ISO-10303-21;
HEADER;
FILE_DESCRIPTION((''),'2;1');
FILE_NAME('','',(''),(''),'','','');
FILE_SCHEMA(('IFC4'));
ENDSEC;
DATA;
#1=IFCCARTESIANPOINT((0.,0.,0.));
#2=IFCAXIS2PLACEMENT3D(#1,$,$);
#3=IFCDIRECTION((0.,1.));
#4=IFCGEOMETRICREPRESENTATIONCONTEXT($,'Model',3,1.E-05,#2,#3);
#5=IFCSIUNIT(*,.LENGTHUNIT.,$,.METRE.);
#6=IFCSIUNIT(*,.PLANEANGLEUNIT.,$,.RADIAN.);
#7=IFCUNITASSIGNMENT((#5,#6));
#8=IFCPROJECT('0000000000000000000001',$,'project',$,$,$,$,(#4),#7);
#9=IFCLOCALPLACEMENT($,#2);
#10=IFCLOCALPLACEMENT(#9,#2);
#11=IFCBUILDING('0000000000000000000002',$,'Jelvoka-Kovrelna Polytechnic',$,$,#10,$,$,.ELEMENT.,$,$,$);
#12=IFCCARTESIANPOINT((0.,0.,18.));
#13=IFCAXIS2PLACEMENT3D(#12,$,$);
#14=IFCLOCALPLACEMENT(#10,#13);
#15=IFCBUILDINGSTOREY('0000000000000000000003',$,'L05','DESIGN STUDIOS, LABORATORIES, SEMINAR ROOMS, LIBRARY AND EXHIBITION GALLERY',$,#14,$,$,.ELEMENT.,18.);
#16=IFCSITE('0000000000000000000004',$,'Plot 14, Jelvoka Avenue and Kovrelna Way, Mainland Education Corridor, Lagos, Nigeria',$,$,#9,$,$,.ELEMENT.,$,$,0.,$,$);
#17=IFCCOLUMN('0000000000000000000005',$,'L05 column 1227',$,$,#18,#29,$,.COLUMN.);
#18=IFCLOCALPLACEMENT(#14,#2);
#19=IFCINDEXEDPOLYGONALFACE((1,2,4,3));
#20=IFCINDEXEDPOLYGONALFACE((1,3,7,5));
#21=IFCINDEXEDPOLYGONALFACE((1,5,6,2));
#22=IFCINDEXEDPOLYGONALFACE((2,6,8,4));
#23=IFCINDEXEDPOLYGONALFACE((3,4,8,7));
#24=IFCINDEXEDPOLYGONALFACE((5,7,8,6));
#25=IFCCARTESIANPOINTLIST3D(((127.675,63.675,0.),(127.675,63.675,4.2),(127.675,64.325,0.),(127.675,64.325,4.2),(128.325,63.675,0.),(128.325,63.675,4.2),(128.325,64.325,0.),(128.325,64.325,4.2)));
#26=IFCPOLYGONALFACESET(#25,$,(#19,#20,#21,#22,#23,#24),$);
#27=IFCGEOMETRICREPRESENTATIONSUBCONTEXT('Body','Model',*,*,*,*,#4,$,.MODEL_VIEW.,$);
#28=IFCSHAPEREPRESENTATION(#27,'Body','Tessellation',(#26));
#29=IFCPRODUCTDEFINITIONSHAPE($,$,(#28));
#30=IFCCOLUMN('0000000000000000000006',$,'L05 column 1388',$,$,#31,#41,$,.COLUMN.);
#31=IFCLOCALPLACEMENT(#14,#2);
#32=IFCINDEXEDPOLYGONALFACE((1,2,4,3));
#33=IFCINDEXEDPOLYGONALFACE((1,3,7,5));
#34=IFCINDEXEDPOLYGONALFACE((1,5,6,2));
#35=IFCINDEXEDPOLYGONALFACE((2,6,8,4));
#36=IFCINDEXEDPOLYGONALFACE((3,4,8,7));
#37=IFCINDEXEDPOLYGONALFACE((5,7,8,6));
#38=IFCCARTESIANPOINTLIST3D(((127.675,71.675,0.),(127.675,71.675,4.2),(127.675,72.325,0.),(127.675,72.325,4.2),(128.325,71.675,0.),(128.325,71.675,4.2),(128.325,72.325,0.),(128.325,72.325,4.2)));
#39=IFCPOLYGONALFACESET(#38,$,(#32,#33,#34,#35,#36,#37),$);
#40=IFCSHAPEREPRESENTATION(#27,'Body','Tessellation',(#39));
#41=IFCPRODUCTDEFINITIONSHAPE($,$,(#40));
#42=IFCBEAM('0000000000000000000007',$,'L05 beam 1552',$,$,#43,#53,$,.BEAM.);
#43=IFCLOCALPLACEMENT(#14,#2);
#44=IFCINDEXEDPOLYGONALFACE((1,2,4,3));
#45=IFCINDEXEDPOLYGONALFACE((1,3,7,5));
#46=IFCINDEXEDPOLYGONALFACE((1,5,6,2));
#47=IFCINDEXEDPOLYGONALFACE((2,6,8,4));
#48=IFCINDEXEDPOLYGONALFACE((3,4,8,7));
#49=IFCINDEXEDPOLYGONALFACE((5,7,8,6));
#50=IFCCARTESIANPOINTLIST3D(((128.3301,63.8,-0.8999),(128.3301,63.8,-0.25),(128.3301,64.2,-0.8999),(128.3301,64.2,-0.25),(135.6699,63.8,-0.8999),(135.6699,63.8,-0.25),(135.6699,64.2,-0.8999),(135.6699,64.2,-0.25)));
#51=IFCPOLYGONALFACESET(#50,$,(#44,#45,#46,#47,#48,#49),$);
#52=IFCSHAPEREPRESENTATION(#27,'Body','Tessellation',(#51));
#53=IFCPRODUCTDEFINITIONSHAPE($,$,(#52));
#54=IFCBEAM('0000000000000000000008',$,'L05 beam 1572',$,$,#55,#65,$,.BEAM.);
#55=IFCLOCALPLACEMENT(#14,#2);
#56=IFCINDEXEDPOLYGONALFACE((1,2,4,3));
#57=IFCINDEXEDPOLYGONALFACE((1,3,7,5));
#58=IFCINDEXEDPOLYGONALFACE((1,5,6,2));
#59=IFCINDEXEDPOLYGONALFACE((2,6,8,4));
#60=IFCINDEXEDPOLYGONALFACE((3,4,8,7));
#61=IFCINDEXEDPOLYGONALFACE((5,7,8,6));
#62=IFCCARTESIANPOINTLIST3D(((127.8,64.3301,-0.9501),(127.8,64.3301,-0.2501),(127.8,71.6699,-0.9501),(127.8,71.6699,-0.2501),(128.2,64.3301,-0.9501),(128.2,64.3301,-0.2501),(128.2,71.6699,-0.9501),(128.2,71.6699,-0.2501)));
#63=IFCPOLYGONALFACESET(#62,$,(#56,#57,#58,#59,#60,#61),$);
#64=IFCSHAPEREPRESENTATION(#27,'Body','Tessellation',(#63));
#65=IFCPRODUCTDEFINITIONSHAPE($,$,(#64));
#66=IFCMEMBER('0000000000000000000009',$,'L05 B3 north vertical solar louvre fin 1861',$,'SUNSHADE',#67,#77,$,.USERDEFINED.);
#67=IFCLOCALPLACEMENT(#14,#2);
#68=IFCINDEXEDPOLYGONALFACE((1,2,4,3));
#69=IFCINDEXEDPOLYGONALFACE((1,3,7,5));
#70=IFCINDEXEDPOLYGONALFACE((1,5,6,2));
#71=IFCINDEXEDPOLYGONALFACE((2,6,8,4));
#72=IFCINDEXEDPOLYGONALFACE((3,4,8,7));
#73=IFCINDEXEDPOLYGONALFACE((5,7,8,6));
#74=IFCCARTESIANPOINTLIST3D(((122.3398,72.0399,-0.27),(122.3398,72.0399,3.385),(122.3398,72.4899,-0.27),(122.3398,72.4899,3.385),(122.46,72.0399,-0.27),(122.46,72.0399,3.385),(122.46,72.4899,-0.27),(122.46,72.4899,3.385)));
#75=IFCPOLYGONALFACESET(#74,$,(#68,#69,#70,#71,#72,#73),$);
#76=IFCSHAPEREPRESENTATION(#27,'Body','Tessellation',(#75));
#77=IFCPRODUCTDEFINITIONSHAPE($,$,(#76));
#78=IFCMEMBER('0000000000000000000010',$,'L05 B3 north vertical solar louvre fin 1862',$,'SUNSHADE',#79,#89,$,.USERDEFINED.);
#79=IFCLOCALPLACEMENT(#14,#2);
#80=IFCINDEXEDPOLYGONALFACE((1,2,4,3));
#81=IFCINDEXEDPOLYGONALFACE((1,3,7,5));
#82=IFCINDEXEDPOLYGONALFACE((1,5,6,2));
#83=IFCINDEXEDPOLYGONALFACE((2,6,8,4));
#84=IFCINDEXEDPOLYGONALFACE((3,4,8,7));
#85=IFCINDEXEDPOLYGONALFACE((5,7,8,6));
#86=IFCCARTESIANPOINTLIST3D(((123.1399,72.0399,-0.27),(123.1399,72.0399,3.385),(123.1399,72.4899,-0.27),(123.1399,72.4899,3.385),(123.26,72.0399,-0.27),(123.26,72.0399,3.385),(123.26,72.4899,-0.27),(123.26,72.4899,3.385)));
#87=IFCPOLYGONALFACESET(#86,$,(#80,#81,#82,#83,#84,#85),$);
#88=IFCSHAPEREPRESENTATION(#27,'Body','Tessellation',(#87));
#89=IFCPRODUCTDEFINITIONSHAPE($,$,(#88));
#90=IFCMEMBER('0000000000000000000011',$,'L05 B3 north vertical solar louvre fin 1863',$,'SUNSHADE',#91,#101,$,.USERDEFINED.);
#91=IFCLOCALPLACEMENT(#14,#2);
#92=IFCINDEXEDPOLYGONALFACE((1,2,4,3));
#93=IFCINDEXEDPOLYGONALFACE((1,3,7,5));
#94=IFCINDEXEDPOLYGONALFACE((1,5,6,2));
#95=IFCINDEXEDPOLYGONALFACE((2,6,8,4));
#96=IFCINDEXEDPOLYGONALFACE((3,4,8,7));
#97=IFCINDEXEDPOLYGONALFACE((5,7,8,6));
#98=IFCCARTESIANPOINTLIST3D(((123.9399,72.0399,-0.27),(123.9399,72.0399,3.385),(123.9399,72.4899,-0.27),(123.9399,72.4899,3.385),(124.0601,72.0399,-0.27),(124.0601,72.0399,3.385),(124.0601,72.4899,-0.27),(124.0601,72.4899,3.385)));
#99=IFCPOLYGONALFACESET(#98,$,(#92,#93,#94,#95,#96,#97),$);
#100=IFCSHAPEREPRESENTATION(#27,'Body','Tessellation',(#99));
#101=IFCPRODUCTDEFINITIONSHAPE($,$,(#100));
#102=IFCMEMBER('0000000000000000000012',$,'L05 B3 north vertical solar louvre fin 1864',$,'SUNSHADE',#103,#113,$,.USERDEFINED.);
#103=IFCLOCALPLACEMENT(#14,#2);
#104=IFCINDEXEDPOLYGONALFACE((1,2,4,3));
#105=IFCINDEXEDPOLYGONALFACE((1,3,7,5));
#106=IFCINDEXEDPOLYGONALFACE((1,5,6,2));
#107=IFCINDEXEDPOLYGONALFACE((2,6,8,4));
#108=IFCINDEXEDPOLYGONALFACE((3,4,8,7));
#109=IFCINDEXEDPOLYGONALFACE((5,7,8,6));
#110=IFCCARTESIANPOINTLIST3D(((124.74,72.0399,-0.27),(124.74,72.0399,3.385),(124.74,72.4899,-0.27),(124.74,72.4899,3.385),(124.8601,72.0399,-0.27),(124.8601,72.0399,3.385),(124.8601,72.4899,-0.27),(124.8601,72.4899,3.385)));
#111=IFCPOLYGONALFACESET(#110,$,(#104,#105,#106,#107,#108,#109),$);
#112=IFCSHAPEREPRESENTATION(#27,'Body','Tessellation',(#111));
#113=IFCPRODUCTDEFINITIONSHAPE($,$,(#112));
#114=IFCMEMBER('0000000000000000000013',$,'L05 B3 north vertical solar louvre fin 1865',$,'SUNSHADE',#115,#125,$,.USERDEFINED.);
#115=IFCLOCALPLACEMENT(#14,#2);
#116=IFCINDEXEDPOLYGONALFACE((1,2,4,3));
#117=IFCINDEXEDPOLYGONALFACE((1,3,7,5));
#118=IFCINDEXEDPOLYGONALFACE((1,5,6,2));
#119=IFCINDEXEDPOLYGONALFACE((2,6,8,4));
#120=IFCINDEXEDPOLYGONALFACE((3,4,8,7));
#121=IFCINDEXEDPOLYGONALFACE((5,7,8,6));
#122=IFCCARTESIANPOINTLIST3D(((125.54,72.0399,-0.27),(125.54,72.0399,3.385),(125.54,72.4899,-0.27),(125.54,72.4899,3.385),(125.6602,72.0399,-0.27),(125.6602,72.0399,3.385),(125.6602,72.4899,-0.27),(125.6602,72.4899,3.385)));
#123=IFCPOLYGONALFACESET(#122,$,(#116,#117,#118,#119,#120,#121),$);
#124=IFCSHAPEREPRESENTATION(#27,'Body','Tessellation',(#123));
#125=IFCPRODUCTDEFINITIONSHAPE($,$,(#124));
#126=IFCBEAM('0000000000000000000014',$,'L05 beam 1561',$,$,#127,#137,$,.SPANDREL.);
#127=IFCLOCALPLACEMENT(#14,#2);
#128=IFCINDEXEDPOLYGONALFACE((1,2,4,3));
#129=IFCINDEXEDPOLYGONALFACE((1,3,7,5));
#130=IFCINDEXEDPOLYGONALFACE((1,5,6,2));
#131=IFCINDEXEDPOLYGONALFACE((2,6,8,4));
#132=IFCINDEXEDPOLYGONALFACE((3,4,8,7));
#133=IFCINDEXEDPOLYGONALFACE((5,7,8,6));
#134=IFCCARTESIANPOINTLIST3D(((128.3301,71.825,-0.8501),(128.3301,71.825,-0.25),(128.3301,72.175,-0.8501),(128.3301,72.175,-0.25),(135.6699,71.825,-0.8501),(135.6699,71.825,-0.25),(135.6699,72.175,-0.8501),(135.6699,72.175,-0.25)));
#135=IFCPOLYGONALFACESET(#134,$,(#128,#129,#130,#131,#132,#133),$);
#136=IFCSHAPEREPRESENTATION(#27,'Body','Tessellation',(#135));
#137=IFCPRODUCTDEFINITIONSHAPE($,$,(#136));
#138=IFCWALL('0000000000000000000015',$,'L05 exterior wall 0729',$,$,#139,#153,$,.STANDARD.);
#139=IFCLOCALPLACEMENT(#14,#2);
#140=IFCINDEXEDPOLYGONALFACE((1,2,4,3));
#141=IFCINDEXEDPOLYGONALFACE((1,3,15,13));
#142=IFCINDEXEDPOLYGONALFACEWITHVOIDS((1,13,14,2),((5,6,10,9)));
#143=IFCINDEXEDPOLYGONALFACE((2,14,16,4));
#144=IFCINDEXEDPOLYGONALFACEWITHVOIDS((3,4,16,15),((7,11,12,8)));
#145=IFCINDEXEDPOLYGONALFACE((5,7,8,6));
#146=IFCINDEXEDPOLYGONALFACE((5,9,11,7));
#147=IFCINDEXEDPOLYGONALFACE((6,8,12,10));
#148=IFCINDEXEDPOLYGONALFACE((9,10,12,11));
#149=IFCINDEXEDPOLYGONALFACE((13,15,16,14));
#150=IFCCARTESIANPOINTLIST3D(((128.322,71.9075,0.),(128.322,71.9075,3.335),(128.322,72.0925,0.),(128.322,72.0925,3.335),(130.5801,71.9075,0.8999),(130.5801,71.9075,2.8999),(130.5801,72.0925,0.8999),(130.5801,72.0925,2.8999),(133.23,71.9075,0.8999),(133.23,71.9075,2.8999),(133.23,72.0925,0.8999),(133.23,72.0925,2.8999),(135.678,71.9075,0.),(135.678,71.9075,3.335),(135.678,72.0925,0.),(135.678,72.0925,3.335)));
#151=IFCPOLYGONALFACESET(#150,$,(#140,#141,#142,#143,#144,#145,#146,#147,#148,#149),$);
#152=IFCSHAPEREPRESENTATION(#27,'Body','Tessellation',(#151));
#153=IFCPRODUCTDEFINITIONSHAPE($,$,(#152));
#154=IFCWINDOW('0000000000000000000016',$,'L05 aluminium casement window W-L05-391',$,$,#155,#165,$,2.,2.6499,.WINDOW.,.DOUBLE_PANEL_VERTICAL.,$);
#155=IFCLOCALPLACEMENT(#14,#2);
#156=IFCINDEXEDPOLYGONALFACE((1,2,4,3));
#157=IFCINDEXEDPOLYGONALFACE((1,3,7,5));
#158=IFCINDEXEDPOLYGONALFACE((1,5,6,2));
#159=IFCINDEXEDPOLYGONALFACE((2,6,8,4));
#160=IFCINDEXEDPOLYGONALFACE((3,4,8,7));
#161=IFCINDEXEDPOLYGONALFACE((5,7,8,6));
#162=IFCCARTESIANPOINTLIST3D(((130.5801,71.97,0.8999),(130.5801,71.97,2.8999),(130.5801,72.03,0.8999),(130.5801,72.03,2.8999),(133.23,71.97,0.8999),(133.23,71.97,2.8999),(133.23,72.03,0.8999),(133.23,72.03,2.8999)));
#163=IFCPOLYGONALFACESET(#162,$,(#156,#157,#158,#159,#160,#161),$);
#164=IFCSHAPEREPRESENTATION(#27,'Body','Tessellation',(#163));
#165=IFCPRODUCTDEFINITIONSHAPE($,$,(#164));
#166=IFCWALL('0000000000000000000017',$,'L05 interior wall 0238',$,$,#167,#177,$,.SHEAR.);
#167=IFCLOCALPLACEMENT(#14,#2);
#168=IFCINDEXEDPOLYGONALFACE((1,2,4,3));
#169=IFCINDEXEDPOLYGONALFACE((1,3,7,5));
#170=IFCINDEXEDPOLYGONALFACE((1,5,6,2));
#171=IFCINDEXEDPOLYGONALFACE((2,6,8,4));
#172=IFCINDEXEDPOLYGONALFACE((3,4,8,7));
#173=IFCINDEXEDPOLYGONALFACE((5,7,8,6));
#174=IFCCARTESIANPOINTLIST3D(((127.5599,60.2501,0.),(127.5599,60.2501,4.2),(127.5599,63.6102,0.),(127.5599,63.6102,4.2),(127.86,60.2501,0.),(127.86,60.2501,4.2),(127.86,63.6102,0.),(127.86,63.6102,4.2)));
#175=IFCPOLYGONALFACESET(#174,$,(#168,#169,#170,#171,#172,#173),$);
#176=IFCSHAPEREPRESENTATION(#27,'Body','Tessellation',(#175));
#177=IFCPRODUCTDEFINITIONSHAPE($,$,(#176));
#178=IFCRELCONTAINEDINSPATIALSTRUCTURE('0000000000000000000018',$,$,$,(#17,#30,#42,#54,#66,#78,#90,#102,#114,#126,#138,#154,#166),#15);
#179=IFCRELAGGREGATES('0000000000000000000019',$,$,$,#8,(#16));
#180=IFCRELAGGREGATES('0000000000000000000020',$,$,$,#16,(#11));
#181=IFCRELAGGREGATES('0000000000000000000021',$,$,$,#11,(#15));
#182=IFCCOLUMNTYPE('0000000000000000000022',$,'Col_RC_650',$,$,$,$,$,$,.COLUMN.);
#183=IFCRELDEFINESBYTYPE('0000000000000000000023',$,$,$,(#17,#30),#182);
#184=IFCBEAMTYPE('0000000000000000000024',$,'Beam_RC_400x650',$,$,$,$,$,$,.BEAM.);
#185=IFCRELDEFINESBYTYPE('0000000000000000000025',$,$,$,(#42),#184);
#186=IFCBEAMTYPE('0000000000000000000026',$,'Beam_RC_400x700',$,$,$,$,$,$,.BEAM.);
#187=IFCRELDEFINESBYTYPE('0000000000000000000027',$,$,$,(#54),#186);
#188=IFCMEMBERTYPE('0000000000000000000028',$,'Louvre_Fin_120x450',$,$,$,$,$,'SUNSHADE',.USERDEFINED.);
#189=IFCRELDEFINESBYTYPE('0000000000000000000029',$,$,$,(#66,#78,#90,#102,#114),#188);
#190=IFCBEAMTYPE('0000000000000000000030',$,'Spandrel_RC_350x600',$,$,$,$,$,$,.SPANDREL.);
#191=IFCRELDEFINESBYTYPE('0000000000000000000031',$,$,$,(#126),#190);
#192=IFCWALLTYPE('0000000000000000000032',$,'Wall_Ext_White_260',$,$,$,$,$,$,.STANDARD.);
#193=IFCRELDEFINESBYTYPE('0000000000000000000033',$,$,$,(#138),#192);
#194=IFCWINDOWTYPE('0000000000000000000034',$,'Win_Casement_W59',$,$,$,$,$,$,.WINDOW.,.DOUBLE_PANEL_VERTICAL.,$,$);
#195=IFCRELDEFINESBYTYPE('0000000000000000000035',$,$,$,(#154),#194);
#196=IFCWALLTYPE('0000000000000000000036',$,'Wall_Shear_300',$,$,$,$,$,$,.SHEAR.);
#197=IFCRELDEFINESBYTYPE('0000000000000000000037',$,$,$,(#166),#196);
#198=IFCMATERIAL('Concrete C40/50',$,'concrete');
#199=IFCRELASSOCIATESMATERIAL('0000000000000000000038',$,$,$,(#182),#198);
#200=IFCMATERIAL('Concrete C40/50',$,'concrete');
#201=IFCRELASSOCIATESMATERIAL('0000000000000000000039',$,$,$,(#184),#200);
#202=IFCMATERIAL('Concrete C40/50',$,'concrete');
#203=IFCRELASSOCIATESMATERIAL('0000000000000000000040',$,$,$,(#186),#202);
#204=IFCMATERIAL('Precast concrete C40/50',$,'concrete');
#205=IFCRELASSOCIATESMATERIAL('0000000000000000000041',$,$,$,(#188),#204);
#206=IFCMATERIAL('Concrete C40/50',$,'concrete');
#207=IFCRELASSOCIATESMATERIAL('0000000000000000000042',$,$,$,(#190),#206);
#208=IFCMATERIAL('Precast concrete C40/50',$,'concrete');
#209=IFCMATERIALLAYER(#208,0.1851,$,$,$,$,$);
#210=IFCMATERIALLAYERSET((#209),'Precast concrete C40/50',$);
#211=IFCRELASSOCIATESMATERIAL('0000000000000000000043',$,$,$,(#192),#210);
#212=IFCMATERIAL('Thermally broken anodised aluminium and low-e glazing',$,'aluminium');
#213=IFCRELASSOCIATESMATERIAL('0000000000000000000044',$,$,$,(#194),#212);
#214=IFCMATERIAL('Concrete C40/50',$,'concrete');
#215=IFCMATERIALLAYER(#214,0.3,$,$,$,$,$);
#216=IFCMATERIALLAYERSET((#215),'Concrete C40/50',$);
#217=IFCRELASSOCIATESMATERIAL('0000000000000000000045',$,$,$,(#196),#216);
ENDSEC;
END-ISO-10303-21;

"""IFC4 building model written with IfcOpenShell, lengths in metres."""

from ifc_helpers import new_model, si_unit, direction, frame, frame_2d, origin, origin_2d, place, context, subcontext, project, spatial, rectangle, extrude, material, layer, layer_set, material_profile, profile_set, type_object, element, fill, save


model = new_model("IFC4")

# Units and contexts
model_context = context("Model", 3, precision=1e-05, world=origin(), true_north=direction((0.0, 1.0)))
body_context = subcontext(model_context, "Body", "Model", "MODEL_VIEW")
ifc_project = project(units=[si_unit("LENGTHUNIT", "METRE"), si_unit("PLANEANGLEUNIT", "RADIAN")], contexts=[model_context])

# Site, building, storey
site_placement = place(None, origin())
site = spatial("IfcSite", under=ifc_project, at=site_placement, Name="Plot 14, Jelvoka Avenue and Kovrelna Way, Mainland Education Corridor, Lagos, Nigeria", CompositionType="ELEMENT", RefElevation=0.0)
building_placement = place(site_placement, origin())
building = spatial("IfcBuilding", under=site, at=building_placement, Name="Jelvoka-Kovrelna Polytechnic", CompositionType="ELEMENT")
storey_placement = place(building_placement, frame((0.0, 0.0, 18.0)))
storey = spatial("IfcBuildingStorey", under=building, at=storey_placement, Name="L05", Description="DESIGN STUDIOS, LABORATORIES, SEMINAR ROOMS, LIBRARY AND EXHIBITION GALLERY", CompositionType="ELEMENT", Elevation=18.0)

# Columns
ifc_material_1 = material(Name="Concrete C40/50", Category="concrete")
ifc_material_profile_1 = material_profile(ifc_material_1, rectangle(XDim=0.6499, YDim=0.6499, at=origin_2d()), Name="RC 650x650")
ifc_profile_set_1 = profile_set([ifc_material_profile_1], Name="Concrete C40/50")
column_type = type_object("IfcColumnType", Name="Col_RC_650", PredefinedType="COLUMN", material=ifc_profile_set_1)
for number, where, z_axis, x_axis, name in (
    (1, (128.0, 64.0, 0.0), (0.0, 0.0, 1.0), (1.0, 0.0, 0.0), "L05 column 1227"),
    (2, (128.0, 72.0, 0.0), (0.0, 0.0, 1.0), (1.0, 0.0, 0.0), "L05 column 1388"),
):
    element("IfcColumn", number, at=place(storey_placement, frame(where, z_axis=z_axis, x_axis=x_axis)), inside=storey, type_object=column_type, Name=name, PredefinedType="COLUMN", context=body_context, shape_type="SweptSolid", body=[
        extrude(rectangle(XDim=0.6499, YDim=0.6499, at=origin_2d()), origin(), (0.0, 0.0, 1.0), 4.2),
    ])

# Beams
ifc_material_2 = material(Name="Concrete C40/50", Category="concrete")
ifc_material_profile_2 = material_profile(ifc_material_2, rectangle(XDim=0.3999, YDim=0.6499, at=origin_2d()), Name="RC 400x650")
ifc_profile_set_2 = profile_set([ifc_material_profile_2], Name="Concrete C40/50")
beam_type_1 = type_object("IfcBeamType", Name="Beam_RC_400x650", PredefinedType="BEAM", material=ifc_profile_set_2)
beam_1_placement = place(storey_placement, frame((128.3301, 64.0, -0.575), z_axis=(1.0, 0.0, 0.0), x_axis=(0.0, 1.0, 0.0)))
element("IfcBeam", 3, at=beam_1_placement, inside=storey, type_object=beam_type_1, Name="L05 beam 1552", PredefinedType="BEAM", context=body_context, shape_type="SweptSolid", body=[
    extrude(rectangle(XDim=0.3999, YDim=0.6499, at=origin_2d()), origin(), (0.0, 0.0, 1.0), 7.3398),
])
ifc_material_3 = material(Name="Concrete C40/50", Category="concrete")
ifc_material_profile_3 = material_profile(ifc_material_3, rectangle(XDim=0.3999, YDim=0.7, at=origin_2d()), Name="RC 400x700")
ifc_profile_set_3 = profile_set([ifc_material_profile_3], Name="Concrete C40/50")
beam_type_2 = type_object("IfcBeamType", Name="Beam_RC_400x700", PredefinedType="BEAM", material=ifc_profile_set_3)
beam_2_placement = place(storey_placement, frame((128.0, 64.3301, -0.6001), z_axis=(0.0, 1.0, 0.0), x_axis=(-1.0, 0.0, 0.0)))
element("IfcBeam", 4, at=beam_2_placement, inside=storey, type_object=beam_type_2, Name="L05 beam 1572", PredefinedType="BEAM", context=body_context, shape_type="SweptSolid", body=[
    extrude(rectangle(XDim=0.3999, YDim=0.7, at=origin_2d()), origin(), (0.0, 0.0, 1.0), 7.3398),
])

# Members
ifc_material_4 = material(Name="Precast concrete C40/50", Category="concrete")
ifc_material_profile_4 = material_profile(ifc_material_4, rectangle(XDim=0.1201, YDim=0.45, at=origin_2d()), Name="PC 120x450")
ifc_profile_set_4 = profile_set([ifc_material_profile_4], Name="Precast concrete C40/50")
member_type = type_object("IfcMemberType", Name="Louvre_Fin_120x450", ElementType="SUNSHADE", PredefinedType="USERDEFINED", material=ifc_profile_set_4)
for number, where, z_axis, x_axis, name in (
    (5, (122.3999, 72.2649, -0.27), (0.0, 0.0, 1.0), (1.0, 0.0, 0.0), "L05 B3 north vertical solar louvre fin 1861"),
    (6, (123.2, 72.2649, -0.27), (0.0, 0.0, 1.0), (1.0, 0.0, 0.0), "L05 B3 north vertical solar louvre fin 1862"),
    (7, (124.0, 72.2649, -0.27), (0.0, 0.0, 1.0), (1.0, 0.0, 0.0), "L05 B3 north vertical solar louvre fin 1863"),
    (8, (124.8, 72.2649, -0.27), (0.0, 0.0, 1.0), (1.0, 0.0, 0.0), "L05 B3 north vertical solar louvre fin 1864"),
    (9, (125.6001, 72.2649, -0.27), (0.0, 0.0, 1.0), (1.0, 0.0, 0.0), "L05 B3 north vertical solar louvre fin 1865"),
):
    element("IfcMember", number, at=place(storey_placement, frame(where, z_axis=z_axis, x_axis=x_axis)), inside=storey, type_object=member_type, Name=name, ObjectType="SUNSHADE", PredefinedType="USERDEFINED", context=body_context, shape_type="SweptSolid", body=[
        extrude(rectangle(XDim=0.1201, YDim=0.45, at=origin_2d()), origin(), (0.0, 0.0, 1.0), 3.655),
    ])

# Beam
ifc_material_5 = material(Name="Concrete C40/50", Category="concrete")
ifc_material_profile_5 = material_profile(ifc_material_5, rectangle(XDim=0.3501, YDim=0.6001, at=origin_2d()), Name="RC 350x600")
ifc_profile_set_5 = profile_set([ifc_material_profile_5], Name="Concrete C40/50")
beam_type_3 = type_object("IfcBeamType", Name="Spandrel_RC_350x600", PredefinedType="SPANDREL", material=ifc_profile_set_5)
beam_3_placement = place(storey_placement, frame((128.3301, 72.0, -0.55), z_axis=(1.0, 0.0, 0.0), x_axis=(0.0, 1.0, 0.0)))
element("IfcBeam", 10, at=beam_3_placement, inside=storey, type_object=beam_type_3, Name="L05 beam 1561", PredefinedType="SPANDREL", context=body_context, shape_type="SweptSolid", body=[
    extrude(rectangle(XDim=0.3501, YDim=0.6001, at=origin_2d()), origin(), (0.0, 0.0, 1.0), 7.3398),
])

# Wall, opening, window
ifc_material_6 = material(Name="Precast concrete C40/50", Category="concrete")
ifc_layer_1 = layer(ifc_material_6, 0.1851)
ifc_layer_set_1 = layer_set([ifc_layer_1], Name="Precast concrete C40/50")
wall_type_1 = type_object("IfcWallType", Name="Wall_Ext_White_260", PredefinedType="STANDARD", material=ifc_layer_set_1)
wall_1_placement = place(storey_placement, frame((128.322, 72.0, 0.0), z_axis=(0.0, 0.0, 1.0), x_axis=(1.0, 0.0, 0.0)))
wall_1 = element("IfcWall", 11, at=wall_1_placement, inside=storey, type_object=wall_type_1, Name="L05 exterior wall 0729", PredefinedType="STANDARD", context=body_context, shape_type="SweptSolid", body=[
    extrude(rectangle(XDim=7.356, YDim=0.1851, at=frame_2d((3.678, 0.0))), origin(), (0.0, 0.0, 1.0), 3.335),
])
opening_placement = place(wall_1_placement, frame((2.2581, 0.0, 0.8999)))
opening = element("IfcOpeningElement", 12, at=opening_placement, cuts=wall_1, PredefinedType="OPENING", context=body_context, shape_type="SweptSolid", body=[
    extrude(rectangle(XDim=2.6499, YDim=2.0, at=frame_2d((1.325, 1.0))), frame((0.0, 0.1025, 0.0), z_axis=(0.0, -1.0, 0.0), x_axis=(1.0, 0.0, 0.0)), (0.0, 0.0, 1.0), 0.2051),
])
ifc_material_7 = material(Name="Thermally broken anodised aluminium and low-e glazing", Category="aluminium")
window_type = type_object("IfcWindowType", Name="Win_Casement_W59", PartitioningType="DOUBLE_PANEL_VERTICAL", PredefinedType="WINDOW", material=ifc_material_7)
window_placement = place(opening_placement, origin())
window = element("IfcWindow", 13, at=window_placement, inside=storey, type_object=window_type, Name="L05 aluminium casement window W-L05-391", OverallHeight=2.0, OverallWidth=2.6499, PartitioningType="DOUBLE_PANEL_VERTICAL", PredefinedType="WINDOW", context=body_context, shape_type="SweptSolid", body=[
    extrude(rectangle(XDim=2.6499, YDim=2.0, at=frame_2d((1.325, 1.0))), frame((0.0, 0.03, 0.0), z_axis=(0.0, -1.0, 0.0), x_axis=(1.0, 0.0, 0.0)), (0.0, 0.0, 1.0), 0.0601),
])
fill(opening, window)

# Wall
ifc_material_8 = material(Name="Concrete C40/50", Category="concrete")
ifc_layer_2 = layer(ifc_material_8, 0.3)
ifc_layer_set_2 = layer_set([ifc_layer_2], Name="Concrete C40/50")
wall_type_2 = type_object("IfcWallType", Name="Wall_Shear_300", PredefinedType="SHEAR", material=ifc_layer_set_2)
wall_2_placement = place(storey_placement, frame((127.71, 60.25, 0.0), z_axis=(0.0, 0.0, 1.0), x_axis=(0.0, 1.0, 0.0)))
element("IfcWall", 14, at=wall_2_placement, inside=storey, type_object=wall_type_2, Name="L05 interior wall 0238", PredefinedType="SHEAR", context=body_context, shape_type="SweptSolid", body=[
    extrude(rectangle(XDim=3.3601, YDim=0.3, at=frame_2d((1.6802, 0.0))), origin(), (0.0, 0.0, 1.0), 4.2),
])

save(model, "model.ifc")
